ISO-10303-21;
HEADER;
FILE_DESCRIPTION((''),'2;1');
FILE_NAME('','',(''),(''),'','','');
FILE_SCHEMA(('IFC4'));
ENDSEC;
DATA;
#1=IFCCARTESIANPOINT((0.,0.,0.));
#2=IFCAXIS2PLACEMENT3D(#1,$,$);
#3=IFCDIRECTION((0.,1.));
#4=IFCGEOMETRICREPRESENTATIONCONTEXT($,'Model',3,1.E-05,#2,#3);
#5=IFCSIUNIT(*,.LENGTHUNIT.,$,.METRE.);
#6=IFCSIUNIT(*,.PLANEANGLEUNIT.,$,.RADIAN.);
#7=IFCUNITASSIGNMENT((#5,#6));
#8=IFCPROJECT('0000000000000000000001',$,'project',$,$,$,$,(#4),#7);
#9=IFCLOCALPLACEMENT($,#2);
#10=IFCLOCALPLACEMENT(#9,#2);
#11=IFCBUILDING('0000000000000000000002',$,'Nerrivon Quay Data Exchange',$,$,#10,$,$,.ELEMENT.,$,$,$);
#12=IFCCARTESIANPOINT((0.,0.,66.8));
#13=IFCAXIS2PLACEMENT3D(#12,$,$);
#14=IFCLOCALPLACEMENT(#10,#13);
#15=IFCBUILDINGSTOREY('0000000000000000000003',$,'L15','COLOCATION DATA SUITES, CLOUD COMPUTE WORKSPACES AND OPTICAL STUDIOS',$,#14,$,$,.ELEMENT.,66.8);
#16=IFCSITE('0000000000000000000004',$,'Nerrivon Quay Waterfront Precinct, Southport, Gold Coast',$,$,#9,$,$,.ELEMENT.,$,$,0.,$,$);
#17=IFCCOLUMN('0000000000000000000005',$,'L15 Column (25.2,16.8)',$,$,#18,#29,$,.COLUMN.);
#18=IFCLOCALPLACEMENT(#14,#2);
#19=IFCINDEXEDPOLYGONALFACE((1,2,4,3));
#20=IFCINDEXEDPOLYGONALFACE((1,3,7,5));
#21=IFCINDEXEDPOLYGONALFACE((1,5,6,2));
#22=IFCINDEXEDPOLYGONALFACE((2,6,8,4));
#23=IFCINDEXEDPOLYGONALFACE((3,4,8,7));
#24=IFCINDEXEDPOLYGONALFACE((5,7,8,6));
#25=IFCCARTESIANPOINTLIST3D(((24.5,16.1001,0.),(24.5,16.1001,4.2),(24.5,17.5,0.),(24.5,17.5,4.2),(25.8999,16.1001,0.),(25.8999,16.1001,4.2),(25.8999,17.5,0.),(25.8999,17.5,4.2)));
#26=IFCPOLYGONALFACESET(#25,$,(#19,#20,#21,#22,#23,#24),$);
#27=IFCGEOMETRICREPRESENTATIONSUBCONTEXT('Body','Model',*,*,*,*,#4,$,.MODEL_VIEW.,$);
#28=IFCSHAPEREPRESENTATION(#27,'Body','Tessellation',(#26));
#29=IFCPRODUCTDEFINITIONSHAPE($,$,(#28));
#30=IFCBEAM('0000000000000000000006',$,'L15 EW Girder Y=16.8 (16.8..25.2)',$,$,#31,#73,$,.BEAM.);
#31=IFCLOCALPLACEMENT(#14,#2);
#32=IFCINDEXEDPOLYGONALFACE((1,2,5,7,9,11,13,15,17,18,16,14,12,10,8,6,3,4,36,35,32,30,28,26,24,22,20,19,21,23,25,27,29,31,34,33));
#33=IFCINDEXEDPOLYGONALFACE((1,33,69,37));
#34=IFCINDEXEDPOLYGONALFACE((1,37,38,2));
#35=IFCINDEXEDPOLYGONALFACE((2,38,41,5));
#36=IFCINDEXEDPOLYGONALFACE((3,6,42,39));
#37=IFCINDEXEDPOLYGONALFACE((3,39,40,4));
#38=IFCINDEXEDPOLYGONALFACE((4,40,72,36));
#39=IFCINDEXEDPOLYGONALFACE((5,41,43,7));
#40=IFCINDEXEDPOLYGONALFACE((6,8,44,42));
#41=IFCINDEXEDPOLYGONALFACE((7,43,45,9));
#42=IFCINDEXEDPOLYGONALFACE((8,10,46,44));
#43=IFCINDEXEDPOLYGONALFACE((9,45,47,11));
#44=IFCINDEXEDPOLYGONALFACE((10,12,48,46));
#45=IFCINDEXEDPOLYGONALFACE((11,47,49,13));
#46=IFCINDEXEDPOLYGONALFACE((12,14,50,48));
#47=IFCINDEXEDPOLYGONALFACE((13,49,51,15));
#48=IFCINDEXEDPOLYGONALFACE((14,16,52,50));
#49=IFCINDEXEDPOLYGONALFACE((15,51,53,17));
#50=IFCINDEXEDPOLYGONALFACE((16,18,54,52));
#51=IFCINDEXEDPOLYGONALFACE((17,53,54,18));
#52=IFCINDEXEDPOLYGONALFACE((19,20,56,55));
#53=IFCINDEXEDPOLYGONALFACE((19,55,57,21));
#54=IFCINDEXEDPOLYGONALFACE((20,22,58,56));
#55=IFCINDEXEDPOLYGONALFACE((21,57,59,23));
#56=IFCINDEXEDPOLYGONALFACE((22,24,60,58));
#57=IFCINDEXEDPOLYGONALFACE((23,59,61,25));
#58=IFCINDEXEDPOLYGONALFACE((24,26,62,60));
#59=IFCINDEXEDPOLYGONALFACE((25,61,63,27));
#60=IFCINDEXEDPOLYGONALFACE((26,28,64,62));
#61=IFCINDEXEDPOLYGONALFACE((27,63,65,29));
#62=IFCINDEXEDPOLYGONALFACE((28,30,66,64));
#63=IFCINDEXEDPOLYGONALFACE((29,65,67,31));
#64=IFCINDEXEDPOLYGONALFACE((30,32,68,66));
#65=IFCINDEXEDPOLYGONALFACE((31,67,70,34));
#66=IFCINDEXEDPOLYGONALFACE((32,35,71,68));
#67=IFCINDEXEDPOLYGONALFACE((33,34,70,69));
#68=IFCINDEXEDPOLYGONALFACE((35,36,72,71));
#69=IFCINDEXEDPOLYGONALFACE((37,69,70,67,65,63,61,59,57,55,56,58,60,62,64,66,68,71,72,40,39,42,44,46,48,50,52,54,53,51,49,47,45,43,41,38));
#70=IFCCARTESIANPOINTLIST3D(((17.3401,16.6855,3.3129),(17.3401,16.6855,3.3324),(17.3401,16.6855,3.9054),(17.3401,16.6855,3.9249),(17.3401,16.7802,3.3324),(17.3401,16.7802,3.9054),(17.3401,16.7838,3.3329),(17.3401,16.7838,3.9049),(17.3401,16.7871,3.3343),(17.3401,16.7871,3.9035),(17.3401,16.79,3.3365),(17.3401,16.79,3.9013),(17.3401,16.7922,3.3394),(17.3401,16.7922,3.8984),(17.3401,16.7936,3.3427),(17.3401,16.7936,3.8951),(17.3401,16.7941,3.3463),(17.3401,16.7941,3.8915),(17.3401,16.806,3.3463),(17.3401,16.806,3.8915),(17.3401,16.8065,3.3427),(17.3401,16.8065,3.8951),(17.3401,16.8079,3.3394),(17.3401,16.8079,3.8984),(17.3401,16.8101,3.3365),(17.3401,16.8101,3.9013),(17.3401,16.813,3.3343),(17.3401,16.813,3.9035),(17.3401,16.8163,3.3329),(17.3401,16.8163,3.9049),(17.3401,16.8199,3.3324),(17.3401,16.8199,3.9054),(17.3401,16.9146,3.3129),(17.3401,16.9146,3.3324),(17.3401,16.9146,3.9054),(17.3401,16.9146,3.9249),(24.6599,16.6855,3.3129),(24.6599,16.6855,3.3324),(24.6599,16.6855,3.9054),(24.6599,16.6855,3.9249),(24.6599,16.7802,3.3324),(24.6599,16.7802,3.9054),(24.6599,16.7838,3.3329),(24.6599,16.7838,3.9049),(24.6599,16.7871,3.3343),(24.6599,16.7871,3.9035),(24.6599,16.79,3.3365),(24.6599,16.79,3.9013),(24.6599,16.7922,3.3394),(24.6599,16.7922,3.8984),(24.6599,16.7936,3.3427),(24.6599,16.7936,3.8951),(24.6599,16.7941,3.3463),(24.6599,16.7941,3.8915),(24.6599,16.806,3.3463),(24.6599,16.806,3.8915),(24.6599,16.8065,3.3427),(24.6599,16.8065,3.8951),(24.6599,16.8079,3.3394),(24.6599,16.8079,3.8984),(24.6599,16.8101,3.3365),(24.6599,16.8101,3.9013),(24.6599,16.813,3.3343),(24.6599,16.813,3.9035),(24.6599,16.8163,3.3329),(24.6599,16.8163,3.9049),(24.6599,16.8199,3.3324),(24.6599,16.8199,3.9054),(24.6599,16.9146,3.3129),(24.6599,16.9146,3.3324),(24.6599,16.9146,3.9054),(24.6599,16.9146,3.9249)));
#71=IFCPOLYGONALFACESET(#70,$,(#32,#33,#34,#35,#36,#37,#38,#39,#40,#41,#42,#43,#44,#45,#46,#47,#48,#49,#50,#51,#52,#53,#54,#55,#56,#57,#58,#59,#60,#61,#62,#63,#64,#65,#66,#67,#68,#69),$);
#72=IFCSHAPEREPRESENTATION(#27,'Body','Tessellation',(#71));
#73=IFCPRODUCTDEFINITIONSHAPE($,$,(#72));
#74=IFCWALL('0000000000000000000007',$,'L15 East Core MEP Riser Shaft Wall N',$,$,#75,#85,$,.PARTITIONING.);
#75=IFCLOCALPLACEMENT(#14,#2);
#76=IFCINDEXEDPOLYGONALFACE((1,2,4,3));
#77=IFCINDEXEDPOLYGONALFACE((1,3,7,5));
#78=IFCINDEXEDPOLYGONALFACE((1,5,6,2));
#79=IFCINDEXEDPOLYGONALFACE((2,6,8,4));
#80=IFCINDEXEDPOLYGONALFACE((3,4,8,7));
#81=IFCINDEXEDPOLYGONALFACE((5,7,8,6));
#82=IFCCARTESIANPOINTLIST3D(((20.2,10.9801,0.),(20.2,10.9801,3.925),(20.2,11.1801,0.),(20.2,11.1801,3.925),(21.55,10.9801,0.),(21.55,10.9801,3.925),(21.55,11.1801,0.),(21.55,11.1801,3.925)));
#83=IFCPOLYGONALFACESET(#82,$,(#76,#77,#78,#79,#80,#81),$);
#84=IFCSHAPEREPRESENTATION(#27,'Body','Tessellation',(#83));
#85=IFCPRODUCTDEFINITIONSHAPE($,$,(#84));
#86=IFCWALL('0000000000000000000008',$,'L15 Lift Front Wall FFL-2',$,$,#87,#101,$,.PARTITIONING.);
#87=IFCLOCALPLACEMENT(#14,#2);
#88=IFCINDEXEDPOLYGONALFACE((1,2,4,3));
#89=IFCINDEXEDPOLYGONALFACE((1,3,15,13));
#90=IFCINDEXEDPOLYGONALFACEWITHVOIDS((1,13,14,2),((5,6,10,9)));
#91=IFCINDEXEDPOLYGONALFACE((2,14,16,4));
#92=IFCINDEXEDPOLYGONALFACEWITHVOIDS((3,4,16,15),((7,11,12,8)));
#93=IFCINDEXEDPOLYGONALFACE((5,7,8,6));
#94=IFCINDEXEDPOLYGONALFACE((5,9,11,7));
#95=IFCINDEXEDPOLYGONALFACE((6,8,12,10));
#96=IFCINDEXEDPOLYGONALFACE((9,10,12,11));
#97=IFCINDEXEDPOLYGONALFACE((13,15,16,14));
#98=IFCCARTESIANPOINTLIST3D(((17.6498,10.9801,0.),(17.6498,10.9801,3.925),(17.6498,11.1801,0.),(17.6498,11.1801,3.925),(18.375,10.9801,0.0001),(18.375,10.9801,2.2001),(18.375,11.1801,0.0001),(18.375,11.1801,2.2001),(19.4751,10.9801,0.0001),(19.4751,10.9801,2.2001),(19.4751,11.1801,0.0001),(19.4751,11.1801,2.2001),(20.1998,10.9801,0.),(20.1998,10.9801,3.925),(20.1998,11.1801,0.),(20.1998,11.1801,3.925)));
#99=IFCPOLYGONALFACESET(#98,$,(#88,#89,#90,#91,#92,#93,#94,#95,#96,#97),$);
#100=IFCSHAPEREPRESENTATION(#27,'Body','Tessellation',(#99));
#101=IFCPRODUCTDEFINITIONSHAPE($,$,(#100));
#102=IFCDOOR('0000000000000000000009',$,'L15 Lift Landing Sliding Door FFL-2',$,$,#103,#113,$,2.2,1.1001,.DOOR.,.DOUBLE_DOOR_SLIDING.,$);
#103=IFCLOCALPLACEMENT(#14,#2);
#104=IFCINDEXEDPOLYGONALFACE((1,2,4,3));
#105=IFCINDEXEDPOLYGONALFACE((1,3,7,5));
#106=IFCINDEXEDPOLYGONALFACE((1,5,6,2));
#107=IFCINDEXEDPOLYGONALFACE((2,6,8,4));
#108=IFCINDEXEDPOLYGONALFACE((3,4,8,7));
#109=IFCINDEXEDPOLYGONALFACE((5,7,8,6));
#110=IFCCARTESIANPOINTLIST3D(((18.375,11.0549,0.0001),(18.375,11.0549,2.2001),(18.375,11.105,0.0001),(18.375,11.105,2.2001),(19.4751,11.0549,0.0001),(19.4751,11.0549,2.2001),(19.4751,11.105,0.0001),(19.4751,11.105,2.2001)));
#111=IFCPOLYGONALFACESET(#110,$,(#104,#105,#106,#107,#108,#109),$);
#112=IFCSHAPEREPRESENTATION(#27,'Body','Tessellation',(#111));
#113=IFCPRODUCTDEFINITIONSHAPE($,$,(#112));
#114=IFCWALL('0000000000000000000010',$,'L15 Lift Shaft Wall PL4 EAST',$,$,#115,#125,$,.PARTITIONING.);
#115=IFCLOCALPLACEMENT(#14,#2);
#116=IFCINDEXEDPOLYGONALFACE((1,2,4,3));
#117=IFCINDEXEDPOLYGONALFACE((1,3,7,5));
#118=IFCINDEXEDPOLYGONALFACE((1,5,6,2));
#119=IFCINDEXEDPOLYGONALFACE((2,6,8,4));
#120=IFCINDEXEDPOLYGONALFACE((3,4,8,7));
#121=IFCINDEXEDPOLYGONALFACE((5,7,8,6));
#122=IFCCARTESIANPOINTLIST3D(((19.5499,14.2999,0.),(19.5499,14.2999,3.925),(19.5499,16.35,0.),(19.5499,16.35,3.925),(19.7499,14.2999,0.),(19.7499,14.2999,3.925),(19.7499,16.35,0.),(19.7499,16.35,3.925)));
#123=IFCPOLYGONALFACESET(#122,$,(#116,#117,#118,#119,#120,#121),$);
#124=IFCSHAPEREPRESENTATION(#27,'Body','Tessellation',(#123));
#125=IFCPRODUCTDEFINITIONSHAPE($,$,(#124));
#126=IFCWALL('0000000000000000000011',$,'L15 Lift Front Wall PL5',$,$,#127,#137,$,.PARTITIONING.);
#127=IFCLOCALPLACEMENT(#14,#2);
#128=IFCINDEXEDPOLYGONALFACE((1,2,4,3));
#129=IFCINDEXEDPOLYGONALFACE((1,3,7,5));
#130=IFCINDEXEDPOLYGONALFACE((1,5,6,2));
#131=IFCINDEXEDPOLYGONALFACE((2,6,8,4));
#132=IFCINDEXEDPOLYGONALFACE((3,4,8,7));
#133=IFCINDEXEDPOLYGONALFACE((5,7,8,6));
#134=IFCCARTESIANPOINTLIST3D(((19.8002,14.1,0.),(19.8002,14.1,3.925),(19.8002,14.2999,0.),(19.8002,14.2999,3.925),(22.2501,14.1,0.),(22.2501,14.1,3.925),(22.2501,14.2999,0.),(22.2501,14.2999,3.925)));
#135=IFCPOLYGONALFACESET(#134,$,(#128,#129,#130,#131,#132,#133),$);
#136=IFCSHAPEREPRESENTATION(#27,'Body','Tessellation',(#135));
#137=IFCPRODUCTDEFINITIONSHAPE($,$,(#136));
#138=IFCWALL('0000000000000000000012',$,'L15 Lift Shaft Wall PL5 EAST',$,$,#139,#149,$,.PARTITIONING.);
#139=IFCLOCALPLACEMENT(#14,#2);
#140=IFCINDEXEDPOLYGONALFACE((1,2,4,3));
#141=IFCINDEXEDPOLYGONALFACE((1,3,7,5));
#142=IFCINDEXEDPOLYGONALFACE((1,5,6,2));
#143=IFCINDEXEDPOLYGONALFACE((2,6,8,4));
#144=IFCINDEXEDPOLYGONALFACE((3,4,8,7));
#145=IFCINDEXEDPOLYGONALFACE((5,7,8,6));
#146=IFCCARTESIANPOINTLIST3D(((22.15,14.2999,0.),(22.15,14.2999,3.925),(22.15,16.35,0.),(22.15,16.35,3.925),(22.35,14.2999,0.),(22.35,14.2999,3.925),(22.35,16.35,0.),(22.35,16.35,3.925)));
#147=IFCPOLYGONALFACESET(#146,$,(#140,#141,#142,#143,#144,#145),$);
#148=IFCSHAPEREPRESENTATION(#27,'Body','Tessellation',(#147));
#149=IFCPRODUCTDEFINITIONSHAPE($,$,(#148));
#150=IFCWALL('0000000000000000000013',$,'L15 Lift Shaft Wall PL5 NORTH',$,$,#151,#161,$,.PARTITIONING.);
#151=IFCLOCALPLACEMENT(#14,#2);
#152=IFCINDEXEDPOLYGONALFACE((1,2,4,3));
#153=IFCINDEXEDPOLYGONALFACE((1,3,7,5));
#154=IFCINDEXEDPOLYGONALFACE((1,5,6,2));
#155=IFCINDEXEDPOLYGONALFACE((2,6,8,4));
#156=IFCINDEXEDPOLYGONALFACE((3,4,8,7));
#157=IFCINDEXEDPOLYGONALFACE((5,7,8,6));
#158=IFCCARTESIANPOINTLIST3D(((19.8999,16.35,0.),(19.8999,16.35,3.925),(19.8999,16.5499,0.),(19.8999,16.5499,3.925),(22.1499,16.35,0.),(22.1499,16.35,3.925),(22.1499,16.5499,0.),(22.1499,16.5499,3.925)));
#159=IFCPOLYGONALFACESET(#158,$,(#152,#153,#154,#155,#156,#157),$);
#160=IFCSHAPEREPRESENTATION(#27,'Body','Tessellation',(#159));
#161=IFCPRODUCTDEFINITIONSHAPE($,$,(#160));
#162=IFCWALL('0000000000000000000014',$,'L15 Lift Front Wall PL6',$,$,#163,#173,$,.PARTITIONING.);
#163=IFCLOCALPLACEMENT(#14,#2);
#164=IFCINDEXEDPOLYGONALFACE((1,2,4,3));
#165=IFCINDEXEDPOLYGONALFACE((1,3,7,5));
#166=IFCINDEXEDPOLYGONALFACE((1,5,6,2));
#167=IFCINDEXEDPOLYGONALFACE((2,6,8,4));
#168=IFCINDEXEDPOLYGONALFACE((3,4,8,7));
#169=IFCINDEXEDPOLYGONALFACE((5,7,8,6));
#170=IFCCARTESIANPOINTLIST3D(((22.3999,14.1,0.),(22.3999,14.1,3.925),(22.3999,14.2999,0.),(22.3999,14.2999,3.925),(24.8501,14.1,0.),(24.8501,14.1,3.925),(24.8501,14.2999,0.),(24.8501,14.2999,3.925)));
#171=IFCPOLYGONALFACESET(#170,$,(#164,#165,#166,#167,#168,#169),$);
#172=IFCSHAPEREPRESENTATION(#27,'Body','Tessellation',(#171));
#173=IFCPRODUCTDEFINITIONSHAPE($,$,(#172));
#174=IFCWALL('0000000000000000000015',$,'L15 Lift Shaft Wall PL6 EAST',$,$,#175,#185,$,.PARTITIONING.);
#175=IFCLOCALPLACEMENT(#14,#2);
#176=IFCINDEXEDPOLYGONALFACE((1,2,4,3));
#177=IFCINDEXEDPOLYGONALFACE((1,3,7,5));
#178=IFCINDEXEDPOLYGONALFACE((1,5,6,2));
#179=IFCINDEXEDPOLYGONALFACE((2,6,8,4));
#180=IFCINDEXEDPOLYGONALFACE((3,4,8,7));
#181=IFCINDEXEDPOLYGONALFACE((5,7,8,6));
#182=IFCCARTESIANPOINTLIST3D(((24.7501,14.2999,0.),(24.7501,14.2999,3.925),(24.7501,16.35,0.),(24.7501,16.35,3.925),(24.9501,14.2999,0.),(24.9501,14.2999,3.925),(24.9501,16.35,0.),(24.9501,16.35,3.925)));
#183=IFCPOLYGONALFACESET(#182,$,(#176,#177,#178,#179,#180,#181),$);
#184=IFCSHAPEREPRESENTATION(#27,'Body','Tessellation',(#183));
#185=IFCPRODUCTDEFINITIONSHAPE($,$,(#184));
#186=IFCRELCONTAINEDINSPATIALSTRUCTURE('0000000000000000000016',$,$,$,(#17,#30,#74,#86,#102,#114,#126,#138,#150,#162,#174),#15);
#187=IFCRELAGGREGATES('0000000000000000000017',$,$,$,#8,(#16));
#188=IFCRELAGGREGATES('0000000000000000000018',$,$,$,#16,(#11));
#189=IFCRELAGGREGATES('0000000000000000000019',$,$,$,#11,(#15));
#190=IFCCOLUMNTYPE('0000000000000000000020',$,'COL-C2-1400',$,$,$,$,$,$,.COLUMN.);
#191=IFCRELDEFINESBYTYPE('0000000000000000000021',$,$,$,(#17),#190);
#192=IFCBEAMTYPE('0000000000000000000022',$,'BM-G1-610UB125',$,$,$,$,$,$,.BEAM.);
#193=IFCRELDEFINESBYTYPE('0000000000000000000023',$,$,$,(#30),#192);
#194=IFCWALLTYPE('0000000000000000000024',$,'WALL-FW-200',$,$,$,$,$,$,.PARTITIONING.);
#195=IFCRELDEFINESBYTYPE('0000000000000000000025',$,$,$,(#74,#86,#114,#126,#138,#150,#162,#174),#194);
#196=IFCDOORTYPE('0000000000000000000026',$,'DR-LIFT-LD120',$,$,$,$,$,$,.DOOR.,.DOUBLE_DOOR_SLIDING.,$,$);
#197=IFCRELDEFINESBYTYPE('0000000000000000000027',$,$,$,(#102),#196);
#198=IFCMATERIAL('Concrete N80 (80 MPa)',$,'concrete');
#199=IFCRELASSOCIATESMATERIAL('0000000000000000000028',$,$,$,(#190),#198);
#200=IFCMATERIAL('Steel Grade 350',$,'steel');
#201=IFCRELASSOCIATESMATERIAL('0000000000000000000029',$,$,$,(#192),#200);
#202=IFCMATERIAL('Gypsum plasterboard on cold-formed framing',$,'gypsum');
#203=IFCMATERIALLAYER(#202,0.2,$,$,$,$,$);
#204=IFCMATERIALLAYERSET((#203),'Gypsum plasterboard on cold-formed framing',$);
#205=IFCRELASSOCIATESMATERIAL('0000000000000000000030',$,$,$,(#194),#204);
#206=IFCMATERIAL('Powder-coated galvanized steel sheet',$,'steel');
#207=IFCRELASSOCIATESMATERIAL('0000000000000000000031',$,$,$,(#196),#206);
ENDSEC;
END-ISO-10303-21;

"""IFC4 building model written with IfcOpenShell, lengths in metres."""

from ifc_helpers import new_model, si_unit, direction, frame, frame_2d, origin, origin_2d, place, context, subcontext, project, spatial, rectangle, i_section, extrude, material, layer, layer_set, material_profile, profile_set, type_object, element, fill, save


model = new_model("IFC4")

# Units and contexts
model_context = context("Model", 3, precision=1e-05, world=origin(), true_north=direction((0.0, 1.0)))
body_context = subcontext(model_context, "Body", "Model", "MODEL_VIEW")
ifc_project = project(units=[si_unit("LENGTHUNIT", "METRE"), si_unit("PLANEANGLEUNIT", "RADIAN")], contexts=[model_context])

# Site, building, storey
site_placement = place(None, origin())
site = spatial("IfcSite", under=ifc_project, at=site_placement, Name="Nerrivon Quay Waterfront Precinct, Southport, Gold Coast", CompositionType="ELEMENT", RefElevation=0.0)
building_placement = place(site_placement, origin())
building = spatial("IfcBuilding", under=site, at=building_placement, Name="Nerrivon Quay Data Exchange", CompositionType="ELEMENT")
storey_placement = place(building_placement, frame((0.0, 0.0, 66.8)))
storey = spatial("IfcBuildingStorey", under=building, at=storey_placement, Name="L15", Description="COLOCATION DATA SUITES, CLOUD COMPUTE WORKSPACES AND OPTICAL STUDIOS", CompositionType="ELEMENT", Elevation=66.8)

# Column
ifc_material_1 = material(Name="Concrete N80 (80 MPa)", Category="concrete")
ifc_material_profile_1 = material_profile(ifc_material_1, rectangle(XDim=1.3999, YDim=1.3999, at=origin_2d()), Name="RC-COL-1400x1400")
ifc_profile_set_1 = profile_set([ifc_material_profile_1], Name="Concrete N80 (80 MPa)")
column_type = type_object("IfcColumnType", Name="COL-C2-1400", PredefinedType="COLUMN", material=ifc_profile_set_1)
column_placement = place(storey_placement, frame((25.2, 16.8, 0.0), z_axis=(0.0, 0.0, 1.0), x_axis=(1.0, 0.0, 0.0)))
element("IfcColumn", 1, at=column_placement, inside=storey, type_object=column_type, Name="L15 Column (25.2,16.8)", PredefinedType="COLUMN", context=body_context, shape_type="SweptSolid", body=[
    extrude(rectangle(XDim=1.3999, YDim=1.3999, at=origin_2d()), origin(), (0.0, 0.0, 1.0), 4.2),
])

# Beam
ifc_material_2 = material(Name="Steel Grade 350", Category="steel")
ifc_material_profile_2 = material_profile(ifc_material_2, i_section(OverallWidth=0.229, OverallDepth=0.6121, WebThickness=0.012, FlangeThickness=0.0195, FilletRadius=0.0139, at=origin_2d()), Name="610UB125")
ifc_profile_set_2 = profile_set([ifc_material_profile_2], Name="Steel Grade 350")
beam_type = type_object("IfcBeamType", Name="BM-G1-610UB125", PredefinedType="BEAM", material=ifc_profile_set_2)
beam_placement = place(storey_placement, frame((17.3401, 16.8, 3.6189), z_axis=(1.0, 0.0, 0.0), x_axis=(0.0, 1.0, 0.0)))
element("IfcBeam", 2, at=beam_placement, inside=storey, type_object=beam_type, Name="L15 EW Girder Y=16.8 (16.8..25.2)", PredefinedType="BEAM", context=body_context, shape_type="SweptSolid", body=[
    extrude(i_section(OverallWidth=0.229, OverallDepth=0.6121, WebThickness=0.012, FlangeThickness=0.0195, FilletRadius=0.0139, at=origin_2d()), origin(), (0.0, 0.0, 1.0), 7.3198),
])

# Wall
ifc_material_3 = material(Name="Gypsum plasterboard on cold-formed framing", Category="gypsum")
ifc_layer_1 = layer(ifc_material_3, 0.2)
ifc_layer_set_1 = layer_set([ifc_layer_1], Name="Gypsum plasterboard on cold-formed framing")
wall_type_1 = type_object("IfcWallType", Name="WALL-FW-200", PredefinedType="PARTITIONING", material=ifc_layer_set_1)
wall_1_placement = place(storey_placement, frame((20.2, 11.0801, 0.0), z_axis=(0.0, 0.0, 1.0), x_axis=(1.0, 0.0, 0.0)))
element("IfcWall", 3, at=wall_1_placement, inside=storey, type_object=wall_type_1, Name="L15 East Core MEP Riser Shaft Wall N", PredefinedType="PARTITIONING", context=body_context, shape_type="SweptSolid", body=[
    extrude(rectangle(XDim=1.3501, YDim=0.2, at=frame_2d((0.675, 0.0))), origin(), (0.0, 0.0, 1.0), 3.925),
])

# Wall, opening, door
wall_2_placement = place(storey_placement, frame((17.6499, 11.0801, 0.0), z_axis=(0.0, 0.0, 1.0), x_axis=(1.0, 0.0, 0.0)))
wall_2 = element("IfcWall", 4, at=wall_2_placement, inside=storey, type_object=wall_type_1, Name="L15 Lift Front Wall FFL-2", PredefinedType="PARTITIONING", context=body_context, shape_type="SweptSolid", body=[
    extrude(rectangle(XDim=2.55, YDim=0.2, at=frame_2d((1.2749, 0.0))), origin(), (0.0, 0.0, 1.0), 3.925),
])
opening_1_placement = place(wall_2_placement, frame((0.7251, 0.0, 0.0)))
opening_1 = element("IfcOpeningElement", 5, at=opening_1_placement, cuts=wall_2, PredefinedType="OPENING", context=body_context, shape_type="SweptSolid", body=[
    extrude(rectangle(XDim=1.1001, YDim=2.2, at=frame_2d((0.55, 1.1001))), frame((0.0, 0.1099, 0.0), z_axis=(0.0, -1.0, 0.0), x_axis=(1.0, 0.0, 0.0)), (0.0, 0.0, 1.0), 0.22),
])
ifc_material_4 = material(Name="Powder-coated galvanized steel sheet", Category="steel")
door_type_1 = type_object("IfcDoorType", Name="DR-LIFT-LD120", OperationType="DOUBLE_DOOR_SLIDING", PredefinedType="DOOR", material=ifc_material_4)
door_1_placement = place(opening_1_placement, origin())
door_1 = element("IfcDoor", 6, at=door_1_placement, inside=storey, type_object=door_type_1, Name="L15 Lift Landing Sliding Door FFL-2", OperationType="DOUBLE_DOOR_SLIDING", OverallHeight=2.2, OverallWidth=1.1001, PredefinedType="DOOR", context=body_context, shape_type="SweptSolid", body=[
    extrude(rectangle(XDim=1.1001, YDim=2.2, at=frame_2d((0.55, 1.1001))), frame((0.0, 0.0249, 0.0), z_axis=(0.0, -1.0, 0.0), x_axis=(1.0, 0.0, 0.0)), (0.0, 0.0, 1.0), 0.05),
])
fill(opening_1, door_1)

# Walls
wall_3_placement = place(storey_placement, frame((19.6499, 14.3, 0.0), z_axis=(0.0, 0.0, 1.0), x_axis=(0.0, 1.0, 0.0)))
element("IfcWall", 7, at=wall_3_placement, inside=storey, type_object=wall_type_1, Name="L15 Lift Shaft Wall PL4 EAST", PredefinedType="PARTITIONING", context=body_context, shape_type="SweptSolid", body=[
    extrude(rectangle(XDim=2.05, YDim=0.2, at=frame_2d((1.0249, 0.0))), origin(), (0.0, 0.0, 1.0), 3.925),
])
wall_4_placement = place(storey_placement, frame((19.8, 14.2, 0.0), z_axis=(0.0, 0.0, 1.0), x_axis=(1.0, 0.0, 0.0)))
element("IfcWall", 8, at=wall_4_placement, inside=storey, type_object=wall_type_1, Name="L15 Lift Front Wall PL5", PredefinedType="PARTITIONING", context=body_context, shape_type="SweptSolid", body=[
    extrude(rectangle(XDim=2.45, YDim=0.2, at=frame_2d((1.2251, 0.0))), origin(), (0.0, 0.0, 1.0), 3.925),
])
wall_5_placement = place(storey_placement, frame((22.25, 14.3, 0.0), z_axis=(0.0, 0.0, 1.0), x_axis=(0.0, 1.0, 0.0)))
element("IfcWall", 9, at=wall_5_placement, inside=storey, type_object=wall_type_1, Name="L15 Lift Shaft Wall PL5 EAST", PredefinedType="PARTITIONING", context=body_context, shape_type="SweptSolid", body=[
    extrude(rectangle(XDim=2.05, YDim=0.2, at=frame_2d((1.0249, 0.0))), origin(), (0.0, 0.0, 1.0), 3.925),
])
wall_6_placement = place(storey_placement, frame((19.8999, 16.45, 0.0), z_axis=(0.0, 0.0, 1.0), x_axis=(1.0, 0.0, 0.0)))
element("IfcWall", 10, at=wall_6_placement, inside=storey, type_object=wall_type_1, Name="L15 Lift Shaft Wall PL5 NORTH", PredefinedType="PARTITIONING", context=body_context, shape_type="SweptSolid", body=[
    extrude(rectangle(XDim=2.25, YDim=0.2, at=frame_2d((1.125, 0.0))), origin(), (0.0, 0.0, 1.0), 3.925),
])
wall_7_placement = place(storey_placement, frame((22.3999, 14.2, 0.0), z_axis=(0.0, 0.0, 1.0), x_axis=(1.0, 0.0, 0.0)))
element("IfcWall", 11, at=wall_7_placement, inside=storey, type_object=wall_type_1, Name="L15 Lift Front Wall PL6", PredefinedType="PARTITIONING", context=body_context, shape_type="SweptSolid", body=[
    extrude(rectangle(XDim=2.4502, YDim=0.2, at=frame_2d((1.2251, 0.0))), origin(), (0.0, 0.0, 1.0), 3.925),
])
wall_8_placement = place(storey_placement, frame((24.8501, 14.3, 0.0), z_axis=(0.0, 0.0, 1.0), x_axis=(0.0, 1.0, 0.0)))
element("IfcWall", 12, at=wall_8_placement, inside=storey, type_object=wall_type_1, Name="L15 Lift Shaft Wall PL6 EAST", PredefinedType="PARTITIONING", context=body_context, shape_type="SweptSolid", body=[
    extrude(rectangle(XDim=2.05, YDim=0.2, at=frame_2d((1.0249, 0.0))), origin(), (0.0, 0.0, 1.0), 3.925),
])

save(model, "model.ifc")
